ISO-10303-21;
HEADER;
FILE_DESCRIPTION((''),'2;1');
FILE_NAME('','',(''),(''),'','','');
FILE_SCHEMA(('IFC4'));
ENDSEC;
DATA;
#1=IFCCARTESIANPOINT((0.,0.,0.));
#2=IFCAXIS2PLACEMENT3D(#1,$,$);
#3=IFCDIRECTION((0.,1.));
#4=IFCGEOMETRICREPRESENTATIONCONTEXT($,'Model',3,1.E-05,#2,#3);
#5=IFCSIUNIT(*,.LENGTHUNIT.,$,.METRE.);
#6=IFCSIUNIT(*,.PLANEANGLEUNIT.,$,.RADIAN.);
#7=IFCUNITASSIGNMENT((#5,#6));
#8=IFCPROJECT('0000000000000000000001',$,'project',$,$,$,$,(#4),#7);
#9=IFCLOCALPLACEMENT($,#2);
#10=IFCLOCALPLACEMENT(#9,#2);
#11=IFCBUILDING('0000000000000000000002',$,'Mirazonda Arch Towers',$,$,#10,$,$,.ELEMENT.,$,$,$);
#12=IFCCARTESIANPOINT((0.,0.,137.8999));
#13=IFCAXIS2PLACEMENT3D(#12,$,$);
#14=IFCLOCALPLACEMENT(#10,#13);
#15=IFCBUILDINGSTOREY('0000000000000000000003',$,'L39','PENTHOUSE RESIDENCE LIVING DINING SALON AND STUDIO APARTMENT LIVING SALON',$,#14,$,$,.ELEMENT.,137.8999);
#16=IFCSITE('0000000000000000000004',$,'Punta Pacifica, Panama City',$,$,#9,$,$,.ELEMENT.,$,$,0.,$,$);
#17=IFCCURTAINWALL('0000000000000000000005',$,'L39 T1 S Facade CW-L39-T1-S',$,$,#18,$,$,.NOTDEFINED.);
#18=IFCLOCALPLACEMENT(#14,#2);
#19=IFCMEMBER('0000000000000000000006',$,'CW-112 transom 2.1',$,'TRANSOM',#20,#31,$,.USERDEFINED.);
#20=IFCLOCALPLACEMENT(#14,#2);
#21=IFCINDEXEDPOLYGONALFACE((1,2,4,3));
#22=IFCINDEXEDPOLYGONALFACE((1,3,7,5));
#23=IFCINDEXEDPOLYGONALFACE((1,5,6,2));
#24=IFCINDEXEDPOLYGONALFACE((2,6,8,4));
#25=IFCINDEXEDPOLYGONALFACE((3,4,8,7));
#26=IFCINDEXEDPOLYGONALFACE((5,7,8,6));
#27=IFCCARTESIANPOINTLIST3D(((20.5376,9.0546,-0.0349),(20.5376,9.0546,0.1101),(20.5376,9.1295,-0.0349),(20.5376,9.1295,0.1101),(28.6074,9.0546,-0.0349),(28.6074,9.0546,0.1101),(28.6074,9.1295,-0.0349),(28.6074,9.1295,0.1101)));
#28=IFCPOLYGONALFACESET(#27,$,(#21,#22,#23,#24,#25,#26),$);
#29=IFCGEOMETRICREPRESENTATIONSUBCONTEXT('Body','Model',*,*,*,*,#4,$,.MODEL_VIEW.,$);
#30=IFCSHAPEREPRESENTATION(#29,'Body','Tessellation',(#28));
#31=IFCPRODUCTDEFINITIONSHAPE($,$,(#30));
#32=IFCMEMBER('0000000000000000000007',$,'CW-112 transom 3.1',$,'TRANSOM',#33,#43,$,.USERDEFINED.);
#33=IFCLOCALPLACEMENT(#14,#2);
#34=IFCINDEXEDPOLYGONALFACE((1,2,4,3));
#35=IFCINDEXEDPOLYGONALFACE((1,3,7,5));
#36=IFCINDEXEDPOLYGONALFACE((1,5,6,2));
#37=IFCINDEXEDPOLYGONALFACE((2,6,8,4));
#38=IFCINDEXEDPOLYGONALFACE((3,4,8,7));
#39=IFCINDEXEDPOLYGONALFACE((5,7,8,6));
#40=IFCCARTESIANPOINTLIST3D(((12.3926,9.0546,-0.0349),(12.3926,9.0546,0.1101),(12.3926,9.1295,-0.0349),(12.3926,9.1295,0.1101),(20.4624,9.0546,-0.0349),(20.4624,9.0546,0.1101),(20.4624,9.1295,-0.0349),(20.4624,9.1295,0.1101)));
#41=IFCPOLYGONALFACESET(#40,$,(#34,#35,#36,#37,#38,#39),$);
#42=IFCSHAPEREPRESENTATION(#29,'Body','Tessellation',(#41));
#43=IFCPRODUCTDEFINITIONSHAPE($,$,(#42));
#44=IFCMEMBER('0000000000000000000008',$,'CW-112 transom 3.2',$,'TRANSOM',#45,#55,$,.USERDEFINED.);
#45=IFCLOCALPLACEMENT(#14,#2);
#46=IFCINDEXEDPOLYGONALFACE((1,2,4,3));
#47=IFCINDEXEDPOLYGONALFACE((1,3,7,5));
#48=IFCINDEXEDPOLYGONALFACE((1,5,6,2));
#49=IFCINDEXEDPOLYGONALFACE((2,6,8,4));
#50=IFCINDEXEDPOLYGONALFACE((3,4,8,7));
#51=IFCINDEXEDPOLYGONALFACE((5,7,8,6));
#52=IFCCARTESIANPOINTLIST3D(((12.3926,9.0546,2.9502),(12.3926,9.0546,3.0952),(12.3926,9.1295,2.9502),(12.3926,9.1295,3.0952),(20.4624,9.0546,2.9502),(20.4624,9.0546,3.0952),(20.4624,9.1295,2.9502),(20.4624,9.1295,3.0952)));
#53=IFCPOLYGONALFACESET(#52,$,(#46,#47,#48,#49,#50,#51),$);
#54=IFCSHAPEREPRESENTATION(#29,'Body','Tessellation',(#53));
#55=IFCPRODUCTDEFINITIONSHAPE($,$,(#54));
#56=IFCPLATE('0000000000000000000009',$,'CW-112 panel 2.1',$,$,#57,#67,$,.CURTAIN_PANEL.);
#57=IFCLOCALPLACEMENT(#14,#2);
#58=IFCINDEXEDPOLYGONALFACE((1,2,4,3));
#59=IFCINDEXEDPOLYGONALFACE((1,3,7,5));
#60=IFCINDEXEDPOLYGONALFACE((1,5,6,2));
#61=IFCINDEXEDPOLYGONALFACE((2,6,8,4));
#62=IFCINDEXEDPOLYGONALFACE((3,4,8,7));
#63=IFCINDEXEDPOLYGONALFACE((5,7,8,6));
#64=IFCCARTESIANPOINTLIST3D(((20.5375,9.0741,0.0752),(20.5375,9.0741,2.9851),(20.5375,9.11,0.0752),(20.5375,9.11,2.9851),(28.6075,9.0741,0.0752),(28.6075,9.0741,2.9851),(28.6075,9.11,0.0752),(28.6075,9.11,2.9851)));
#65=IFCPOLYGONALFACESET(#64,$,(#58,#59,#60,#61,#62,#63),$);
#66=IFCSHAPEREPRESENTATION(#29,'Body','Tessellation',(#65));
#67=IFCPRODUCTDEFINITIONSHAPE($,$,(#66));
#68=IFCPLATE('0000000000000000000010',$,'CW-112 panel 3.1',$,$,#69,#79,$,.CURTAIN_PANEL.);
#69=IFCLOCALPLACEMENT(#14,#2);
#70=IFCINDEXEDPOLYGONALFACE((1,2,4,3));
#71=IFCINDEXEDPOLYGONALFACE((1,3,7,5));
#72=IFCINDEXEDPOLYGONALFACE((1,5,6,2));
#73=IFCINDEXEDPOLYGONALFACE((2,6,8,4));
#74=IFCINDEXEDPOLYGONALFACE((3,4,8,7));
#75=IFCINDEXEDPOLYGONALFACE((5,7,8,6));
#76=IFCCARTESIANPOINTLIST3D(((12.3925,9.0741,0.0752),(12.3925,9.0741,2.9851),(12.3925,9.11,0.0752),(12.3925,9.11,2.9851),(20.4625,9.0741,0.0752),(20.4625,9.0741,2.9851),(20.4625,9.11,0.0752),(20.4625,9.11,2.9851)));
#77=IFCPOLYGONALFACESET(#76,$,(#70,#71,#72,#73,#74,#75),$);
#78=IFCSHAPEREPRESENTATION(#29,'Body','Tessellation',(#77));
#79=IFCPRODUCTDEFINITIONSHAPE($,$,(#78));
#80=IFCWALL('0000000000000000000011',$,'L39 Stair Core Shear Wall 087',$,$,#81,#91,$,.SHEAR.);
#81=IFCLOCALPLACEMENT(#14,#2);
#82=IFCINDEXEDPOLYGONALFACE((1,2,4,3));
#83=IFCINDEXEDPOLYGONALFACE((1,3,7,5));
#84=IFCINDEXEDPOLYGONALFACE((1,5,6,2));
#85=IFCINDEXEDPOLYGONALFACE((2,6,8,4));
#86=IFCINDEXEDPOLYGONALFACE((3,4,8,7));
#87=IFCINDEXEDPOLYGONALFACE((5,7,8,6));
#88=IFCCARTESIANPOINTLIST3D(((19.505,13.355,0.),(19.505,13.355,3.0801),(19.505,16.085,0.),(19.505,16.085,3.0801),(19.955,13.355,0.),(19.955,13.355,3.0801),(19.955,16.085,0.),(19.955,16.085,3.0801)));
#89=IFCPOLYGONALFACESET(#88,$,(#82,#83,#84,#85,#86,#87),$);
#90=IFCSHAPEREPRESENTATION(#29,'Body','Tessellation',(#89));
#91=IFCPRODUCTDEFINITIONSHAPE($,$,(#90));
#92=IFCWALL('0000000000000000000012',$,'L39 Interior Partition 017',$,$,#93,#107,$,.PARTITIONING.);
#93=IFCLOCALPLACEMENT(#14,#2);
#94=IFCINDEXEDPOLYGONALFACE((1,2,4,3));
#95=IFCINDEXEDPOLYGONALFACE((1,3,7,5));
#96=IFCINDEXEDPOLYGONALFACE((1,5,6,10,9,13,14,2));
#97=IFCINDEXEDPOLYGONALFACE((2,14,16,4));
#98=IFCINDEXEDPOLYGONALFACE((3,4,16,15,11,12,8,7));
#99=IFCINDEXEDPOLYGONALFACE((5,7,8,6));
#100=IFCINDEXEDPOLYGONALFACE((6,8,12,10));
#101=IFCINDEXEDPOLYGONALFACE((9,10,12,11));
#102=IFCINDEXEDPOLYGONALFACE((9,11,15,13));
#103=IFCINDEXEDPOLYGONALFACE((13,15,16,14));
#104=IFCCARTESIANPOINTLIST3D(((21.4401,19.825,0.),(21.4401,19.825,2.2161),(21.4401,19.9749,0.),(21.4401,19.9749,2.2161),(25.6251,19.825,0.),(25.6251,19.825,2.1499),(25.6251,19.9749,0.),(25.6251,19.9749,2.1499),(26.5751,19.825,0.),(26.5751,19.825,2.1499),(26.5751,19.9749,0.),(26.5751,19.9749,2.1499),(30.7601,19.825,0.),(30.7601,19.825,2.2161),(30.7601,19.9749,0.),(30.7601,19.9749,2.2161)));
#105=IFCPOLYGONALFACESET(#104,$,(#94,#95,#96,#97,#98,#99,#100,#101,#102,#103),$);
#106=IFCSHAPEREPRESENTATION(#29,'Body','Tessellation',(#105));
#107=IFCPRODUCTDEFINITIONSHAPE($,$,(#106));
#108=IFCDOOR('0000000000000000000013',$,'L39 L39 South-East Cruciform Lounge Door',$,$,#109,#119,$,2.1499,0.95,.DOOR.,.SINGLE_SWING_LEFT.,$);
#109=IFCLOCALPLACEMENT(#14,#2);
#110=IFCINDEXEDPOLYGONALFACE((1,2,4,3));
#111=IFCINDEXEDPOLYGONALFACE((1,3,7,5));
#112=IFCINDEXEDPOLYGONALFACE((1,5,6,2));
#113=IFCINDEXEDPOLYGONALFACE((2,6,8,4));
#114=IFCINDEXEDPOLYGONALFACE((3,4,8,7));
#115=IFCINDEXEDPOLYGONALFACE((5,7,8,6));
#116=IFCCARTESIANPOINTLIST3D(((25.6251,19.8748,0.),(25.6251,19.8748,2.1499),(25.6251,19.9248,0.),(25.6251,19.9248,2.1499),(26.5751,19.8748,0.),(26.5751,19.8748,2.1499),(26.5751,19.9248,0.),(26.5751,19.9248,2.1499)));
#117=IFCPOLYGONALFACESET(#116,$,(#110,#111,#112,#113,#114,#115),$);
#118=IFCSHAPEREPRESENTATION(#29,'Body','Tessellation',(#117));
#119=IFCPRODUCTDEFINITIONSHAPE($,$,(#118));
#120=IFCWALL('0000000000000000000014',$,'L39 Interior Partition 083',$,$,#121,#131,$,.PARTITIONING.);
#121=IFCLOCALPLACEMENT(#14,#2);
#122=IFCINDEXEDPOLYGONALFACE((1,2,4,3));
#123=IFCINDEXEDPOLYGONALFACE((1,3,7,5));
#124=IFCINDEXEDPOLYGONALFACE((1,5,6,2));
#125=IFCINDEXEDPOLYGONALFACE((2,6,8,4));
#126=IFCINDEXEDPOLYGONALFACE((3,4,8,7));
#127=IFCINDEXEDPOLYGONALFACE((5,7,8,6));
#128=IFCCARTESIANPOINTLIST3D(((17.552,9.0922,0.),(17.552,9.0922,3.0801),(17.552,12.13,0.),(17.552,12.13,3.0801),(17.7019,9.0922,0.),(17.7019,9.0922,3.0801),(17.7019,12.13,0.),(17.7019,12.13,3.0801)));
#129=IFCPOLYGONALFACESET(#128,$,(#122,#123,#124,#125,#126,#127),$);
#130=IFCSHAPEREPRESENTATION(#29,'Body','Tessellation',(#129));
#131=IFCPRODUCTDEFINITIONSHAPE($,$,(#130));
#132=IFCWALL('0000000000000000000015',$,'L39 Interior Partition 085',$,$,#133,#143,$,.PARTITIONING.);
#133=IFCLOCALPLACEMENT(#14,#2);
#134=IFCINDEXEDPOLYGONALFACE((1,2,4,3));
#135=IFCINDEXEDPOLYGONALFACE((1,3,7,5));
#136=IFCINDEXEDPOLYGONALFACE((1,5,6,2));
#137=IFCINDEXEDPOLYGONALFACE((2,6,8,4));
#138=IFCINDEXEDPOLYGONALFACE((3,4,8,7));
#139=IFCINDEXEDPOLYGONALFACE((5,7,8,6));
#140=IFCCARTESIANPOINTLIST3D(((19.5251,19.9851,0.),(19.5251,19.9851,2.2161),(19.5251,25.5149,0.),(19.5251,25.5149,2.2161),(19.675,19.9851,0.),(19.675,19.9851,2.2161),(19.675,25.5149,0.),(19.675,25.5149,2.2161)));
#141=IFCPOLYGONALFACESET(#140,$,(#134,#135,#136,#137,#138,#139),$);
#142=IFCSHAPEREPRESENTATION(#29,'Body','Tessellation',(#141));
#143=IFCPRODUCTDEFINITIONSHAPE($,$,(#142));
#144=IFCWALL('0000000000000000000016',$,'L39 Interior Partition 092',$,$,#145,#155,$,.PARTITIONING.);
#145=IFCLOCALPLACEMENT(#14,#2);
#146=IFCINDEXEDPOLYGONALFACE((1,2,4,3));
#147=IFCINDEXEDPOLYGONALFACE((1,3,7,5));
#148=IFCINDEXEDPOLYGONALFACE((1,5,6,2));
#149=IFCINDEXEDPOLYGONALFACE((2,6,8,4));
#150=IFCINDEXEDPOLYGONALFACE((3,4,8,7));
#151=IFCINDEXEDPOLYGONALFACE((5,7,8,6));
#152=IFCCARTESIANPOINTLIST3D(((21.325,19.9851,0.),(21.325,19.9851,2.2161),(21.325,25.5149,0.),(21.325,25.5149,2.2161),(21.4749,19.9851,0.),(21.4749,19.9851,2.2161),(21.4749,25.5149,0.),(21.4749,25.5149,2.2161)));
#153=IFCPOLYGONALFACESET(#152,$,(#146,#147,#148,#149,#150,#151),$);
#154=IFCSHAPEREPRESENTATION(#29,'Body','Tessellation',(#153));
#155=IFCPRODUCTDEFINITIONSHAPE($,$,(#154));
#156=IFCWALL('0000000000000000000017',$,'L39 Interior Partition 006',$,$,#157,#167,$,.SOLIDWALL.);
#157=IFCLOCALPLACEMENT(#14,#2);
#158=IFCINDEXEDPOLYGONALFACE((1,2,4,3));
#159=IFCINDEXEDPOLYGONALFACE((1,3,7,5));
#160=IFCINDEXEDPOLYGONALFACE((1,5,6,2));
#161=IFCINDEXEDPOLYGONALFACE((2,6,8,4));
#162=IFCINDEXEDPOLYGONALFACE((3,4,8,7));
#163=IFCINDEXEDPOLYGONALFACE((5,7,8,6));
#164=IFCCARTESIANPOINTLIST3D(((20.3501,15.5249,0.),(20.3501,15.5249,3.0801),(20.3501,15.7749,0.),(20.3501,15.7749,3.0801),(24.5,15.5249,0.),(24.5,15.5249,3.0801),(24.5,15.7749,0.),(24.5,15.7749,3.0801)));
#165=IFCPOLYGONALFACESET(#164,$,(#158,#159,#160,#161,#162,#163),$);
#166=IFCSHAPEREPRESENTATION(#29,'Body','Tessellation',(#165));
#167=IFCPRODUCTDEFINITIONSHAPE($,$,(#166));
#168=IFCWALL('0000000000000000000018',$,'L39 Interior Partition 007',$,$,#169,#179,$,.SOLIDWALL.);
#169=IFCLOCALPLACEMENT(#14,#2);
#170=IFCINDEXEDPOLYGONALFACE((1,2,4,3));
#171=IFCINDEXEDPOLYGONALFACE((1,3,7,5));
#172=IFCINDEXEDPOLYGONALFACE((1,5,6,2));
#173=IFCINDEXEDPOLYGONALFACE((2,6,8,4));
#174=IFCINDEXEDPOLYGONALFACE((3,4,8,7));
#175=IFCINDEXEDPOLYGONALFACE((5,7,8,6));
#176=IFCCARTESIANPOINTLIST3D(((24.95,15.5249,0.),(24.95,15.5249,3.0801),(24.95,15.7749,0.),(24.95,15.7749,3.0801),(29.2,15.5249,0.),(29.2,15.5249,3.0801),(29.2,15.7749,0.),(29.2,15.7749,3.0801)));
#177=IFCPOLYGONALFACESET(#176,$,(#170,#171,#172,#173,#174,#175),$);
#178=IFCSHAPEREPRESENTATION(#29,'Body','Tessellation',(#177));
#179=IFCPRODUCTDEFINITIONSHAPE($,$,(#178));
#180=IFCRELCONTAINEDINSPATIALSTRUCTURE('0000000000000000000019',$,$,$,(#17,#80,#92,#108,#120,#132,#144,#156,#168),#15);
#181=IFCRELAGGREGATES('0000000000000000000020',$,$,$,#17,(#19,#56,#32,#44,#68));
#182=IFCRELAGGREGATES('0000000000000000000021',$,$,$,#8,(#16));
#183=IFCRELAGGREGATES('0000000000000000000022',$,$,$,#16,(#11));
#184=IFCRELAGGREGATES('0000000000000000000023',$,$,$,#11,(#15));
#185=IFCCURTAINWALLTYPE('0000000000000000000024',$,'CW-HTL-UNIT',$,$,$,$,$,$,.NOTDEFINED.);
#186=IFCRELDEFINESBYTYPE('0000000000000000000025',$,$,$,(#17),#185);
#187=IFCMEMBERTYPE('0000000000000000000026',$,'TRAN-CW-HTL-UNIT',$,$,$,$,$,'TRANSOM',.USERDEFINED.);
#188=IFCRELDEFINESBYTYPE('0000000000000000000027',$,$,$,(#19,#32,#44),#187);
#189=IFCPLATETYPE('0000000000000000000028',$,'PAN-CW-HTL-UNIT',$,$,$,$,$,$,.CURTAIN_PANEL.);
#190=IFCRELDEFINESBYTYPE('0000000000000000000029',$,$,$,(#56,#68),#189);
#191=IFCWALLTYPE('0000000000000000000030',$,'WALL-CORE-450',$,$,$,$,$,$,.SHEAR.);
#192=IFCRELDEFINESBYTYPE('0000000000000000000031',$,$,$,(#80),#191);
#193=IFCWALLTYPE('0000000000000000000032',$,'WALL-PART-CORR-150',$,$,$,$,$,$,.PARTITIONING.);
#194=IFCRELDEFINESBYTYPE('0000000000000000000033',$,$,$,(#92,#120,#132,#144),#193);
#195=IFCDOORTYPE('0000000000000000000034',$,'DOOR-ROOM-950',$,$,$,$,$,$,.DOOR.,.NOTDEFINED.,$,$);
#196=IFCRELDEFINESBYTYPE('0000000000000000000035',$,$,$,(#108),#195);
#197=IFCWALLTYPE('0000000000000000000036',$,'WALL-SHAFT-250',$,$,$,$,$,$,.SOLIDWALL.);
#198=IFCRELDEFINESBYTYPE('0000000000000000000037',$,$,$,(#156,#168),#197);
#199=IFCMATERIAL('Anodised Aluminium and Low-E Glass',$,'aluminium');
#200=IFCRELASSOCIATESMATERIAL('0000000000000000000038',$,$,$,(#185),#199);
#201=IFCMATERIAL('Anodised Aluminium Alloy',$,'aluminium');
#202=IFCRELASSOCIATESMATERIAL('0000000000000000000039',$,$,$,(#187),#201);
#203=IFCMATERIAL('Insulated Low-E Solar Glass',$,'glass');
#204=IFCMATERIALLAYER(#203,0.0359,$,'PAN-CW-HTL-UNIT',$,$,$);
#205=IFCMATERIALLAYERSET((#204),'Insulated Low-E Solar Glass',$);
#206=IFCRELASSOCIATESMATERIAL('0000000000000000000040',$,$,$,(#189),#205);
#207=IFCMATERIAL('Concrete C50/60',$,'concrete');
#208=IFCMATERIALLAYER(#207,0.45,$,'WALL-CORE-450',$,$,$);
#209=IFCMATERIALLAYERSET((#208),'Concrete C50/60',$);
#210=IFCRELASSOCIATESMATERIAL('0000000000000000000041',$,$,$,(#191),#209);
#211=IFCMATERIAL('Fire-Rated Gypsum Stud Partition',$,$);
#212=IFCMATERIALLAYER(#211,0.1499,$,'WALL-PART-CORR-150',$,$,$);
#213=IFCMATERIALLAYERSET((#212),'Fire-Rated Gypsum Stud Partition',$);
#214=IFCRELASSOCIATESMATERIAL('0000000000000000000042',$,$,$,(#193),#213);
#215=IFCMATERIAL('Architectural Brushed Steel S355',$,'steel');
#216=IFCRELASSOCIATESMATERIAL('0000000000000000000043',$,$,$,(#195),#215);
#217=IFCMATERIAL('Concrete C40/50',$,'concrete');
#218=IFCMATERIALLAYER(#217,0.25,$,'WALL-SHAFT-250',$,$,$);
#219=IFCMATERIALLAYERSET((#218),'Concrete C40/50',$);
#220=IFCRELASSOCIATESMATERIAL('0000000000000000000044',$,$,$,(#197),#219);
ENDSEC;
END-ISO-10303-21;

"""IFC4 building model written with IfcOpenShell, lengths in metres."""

from ifc_helpers import new_model, si_unit, direction, frame, frame_2d, origin, origin_2d, place, context, subcontext, project, spatial, rectangle, extrude, material, layer, layer_set, material_profile, profile_set, type_object, element, fill, aggregate, save


model = new_model("IFC4")

# Units and contexts
model_context = context("Model", 3, precision=1e-05, world=origin(), true_north=direction((0.0, 1.0)))
body_context = subcontext(model_context, "Body", "Model", "MODEL_VIEW")
ifc_project = project(units=[si_unit("LENGTHUNIT", "METRE"), si_unit("PLANEANGLEUNIT", "RADIAN")], contexts=[model_context])

# Site, building, storey
site_placement = place(None, origin())
site = spatial("IfcSite", under=ifc_project, at=site_placement, Name="Punta Pacifica, Panama City", CompositionType="ELEMENT", RefElevation=0.0)
building_placement = place(site_placement, origin())
building = spatial("IfcBuilding", under=site, at=building_placement, Name="Mirazonda Arch Towers", CompositionType="ELEMENT")
storey_placement = place(building_placement, frame((0.0, 0.0, 137.8999)))
storey = spatial("IfcBuildingStorey", under=building, at=storey_placement, Name="L39", Description="PENTHOUSE RESIDENCE LIVING DINING SALON AND STUDIO APARTMENT LIVING SALON", CompositionType="ELEMENT", Elevation=137.8999)

# Shared definitions
ifc_material_1 = material(Name="Concrete C50/60", Category="concrete")

# Curtain wall, members, plates
ifc_material_2 = material(Name="Anodised Aluminium and Low-E Glass", Category="aluminium")
curtain_wall_type = type_object("IfcCurtainWallType", Name="CW-HTL-UNIT", PredefinedType="NOTDEFINED", material=ifc_material_2)
curtain_wall_placement = place(storey_placement, origin())
curtain_wall = element("IfcCurtainWall", 1, at=curtain_wall_placement, inside=storey, type_object=curtain_wall_type, Name="L39 T1 S Facade CW-L39-T1-S", PredefinedType="NOTDEFINED")
ifc_material_3 = material(Name="Anodised Aluminium Alloy", Category="aluminium")
ifc_material_profile_1 = material_profile(ifc_material_3, rectangle(XDim=0.075, YDim=0.145, at=origin_2d()), Name="ALU-TRAN-75x145")
ifc_profile_set_1 = profile_set([ifc_material_profile_1], Name="Anodised Aluminium Alloy")
member_type_1 = type_object("IfcMemberType", Name="TRAN-CW-HTL-UNIT", ElementType="TRANSOM", PredefinedType="USERDEFINED", material=ifc_profile_set_1)
member_1_placement = place(storey_placement, frame((28.6074, 9.092, 0.0376), z_axis=(-1.0, 0.0, 0.0), x_axis=(0.0, -1.0, 0.0)))
member_1 = element("IfcMember", 2, at=member_1_placement, type_object=member_type_1, Name="CW-112 transom 2.1", ObjectType="TRANSOM", PredefinedType="USERDEFINED", context=body_context, shape_type="SweptSolid", body=[
    extrude(rectangle(XDim=0.075, YDim=0.145, at=origin_2d()), origin(), (0.0, 0.0, 1.0), 8.0698),
])
member_2_placement = place(storey_placement, frame((20.4624, 9.092, 0.0376), z_axis=(-1.0, 0.0, 0.0), x_axis=(0.0, -1.0, 0.0)))
member_2 = element("IfcMember", 3, at=member_2_placement, type_object=member_type_1, Name="CW-112 transom 3.1", ObjectType="TRANSOM", PredefinedType="USERDEFINED", context=body_context, shape_type="SweptSolid", body=[
    extrude(rectangle(XDim=0.075, YDim=0.145, at=origin_2d()), origin(), (0.0, 0.0, 1.0), 8.0698),
])
member_3_placement = place(storey_placement, frame((20.4624, 9.092, 3.0227), z_axis=(-1.0, 0.0, 0.0), x_axis=(0.0, -1.0, 0.0)))
member_3 = element("IfcMember", 4, at=member_3_placement, type_object=member_type_1, Name="CW-112 transom 3.2", ObjectType="TRANSOM", PredefinedType="USERDEFINED", context=body_context, shape_type="SweptSolid", body=[
    extrude(rectangle(XDim=0.075, YDim=0.145, at=origin_2d()), origin(), (0.0, 0.0, 1.0), 8.0698),
])
ifc_material_4 = material(Name="Insulated Low-E Solar Glass", Category="glass")
ifc_layer_1 = layer(ifc_material_4, 0.0359, Name="PAN-CW-HTL-UNIT")
ifc_layer_set_1 = layer_set([ifc_layer_1], Name="Insulated Low-E Solar Glass")
plate_type = type_object("IfcPlateType", Name="PAN-CW-HTL-UNIT", PredefinedType="CURTAIN_PANEL", material=ifc_layer_set_1)
plate_1_placement = place(storey_placement, frame((24.5725, 9.092, 0.0752), z_axis=(0.0, 0.0, 1.0), x_axis=(-1.0, 0.0, 0.0)))
plate_1 = element("IfcPlate", 5, at=plate_1_placement, type_object=plate_type, Name="CW-112 panel 2.1", PredefinedType="CURTAIN_PANEL", context=body_context, shape_type="SweptSolid", body=[
    extrude(rectangle(XDim=8.0701, YDim=0.0359, at=origin_2d()), origin(), (0.0, 0.0, 1.0), 2.9099),
])
plate_2_placement = place(storey_placement, frame((16.4275, 9.092, 0.0752), z_axis=(0.0, 0.0, 1.0), x_axis=(-1.0, 0.0, 0.0)))
plate_2 = element("IfcPlate", 6, at=plate_2_placement, type_object=plate_type, Name="CW-112 panel 3.1", PredefinedType="CURTAIN_PANEL", context=body_context, shape_type="SweptSolid", body=[
    extrude(rectangle(XDim=8.0701, YDim=0.0359, at=origin_2d()), origin(), (0.0, 0.0, 1.0), 2.9099),
])
aggregate(curtain_wall, [member_1, plate_1, member_2, member_3, plate_2])

# Wall
ifc_layer_2 = layer(ifc_material_1, 0.45, Name="WALL-CORE-450")
ifc_layer_set_2 = layer_set([ifc_layer_2], Name="Concrete C50/60")
wall_type_1 = type_object("IfcWallType", Name="WALL-CORE-450", PredefinedType="SHEAR", material=ifc_layer_set_2)
wall_1_placement = place(storey_placement, frame((19.73, 13.355, 0.0), z_axis=(0.0, 0.0, 1.0), x_axis=(0.0, 1.0, 0.0)))
element("IfcWall", 7, at=wall_1_placement, inside=storey, type_object=wall_type_1, Name="L39 Stair Core Shear Wall 087", PredefinedType="SHEAR", context=body_context, shape_type="SweptSolid", body=[
    extrude(rectangle(XDim=2.73, YDim=0.45, at=frame_2d((1.365, 0.0))), origin(), (0.0, 0.0, 1.0), 3.0801),
])

# Wall, opening, door
ifc_material_5 = material(Name="Fire-Rated Gypsum Stud Partition")
ifc_layer_3 = layer(ifc_material_5, 0.1499, Name="WALL-PART-CORR-150")
ifc_layer_set_3 = layer_set([ifc_layer_3], Name="Fire-Rated Gypsum Stud Partition")
wall_type_2 = type_object("IfcWallType", Name="WALL-PART-CORR-150", PredefinedType="PARTITIONING", material=ifc_layer_set_3)
wall_2_placement = place(storey_placement, frame((21.4399, 19.8999, 0.0), z_axis=(0.0, 0.0, 1.0), x_axis=(1.0, 0.0, 0.0)))
wall_2 = element("IfcWall", 8, at=wall_2_placement, inside=storey, type_object=wall_type_2, Name="L39 Interior Partition 017", PredefinedType="PARTITIONING", context=body_context, shape_type="SweptSolid", body=[
    extrude(rectangle(XDim=9.3201, YDim=0.1499, at=frame_2d((4.6602, 0.0))), origin(), (0.0, 0.0, 1.0), 2.2161),
])
opening_placement = place(wall_2_placement, frame((4.1851, 0.0, 0.0)))
opening = element("IfcOpeningElement", 9, at=opening_placement, cuts=wall_2, PredefinedType="OPENING", context=body_context, shape_type="SweptSolid", body=[
    extrude(rectangle(XDim=0.95, YDim=2.1499, at=frame_2d((0.4751, 1.075))), frame((0.0, 0.085, 0.0), z_axis=(0.0, -1.0, 0.0), x_axis=(1.0, 0.0, 0.0)), (0.0, 0.0, 1.0), 0.1699),
])
ifc_material_6 = material(Name="Architectural Brushed Steel S355", Category="steel")
door_type = type_object("IfcDoorType", Name="DOOR-ROOM-950", OperationType="NOTDEFINED", PredefinedType="DOOR", material=ifc_material_6)
door_placement = place(opening_placement, origin())
door = element("IfcDoor", 10, at=door_placement, inside=storey, type_object=door_type, Name="L39 L39 South-East Cruciform Lounge Door", OperationType="SINGLE_SWING_LEFT", OverallHeight=2.1499, OverallWidth=0.95, PredefinedType="DOOR", context=body_context, shape_type="SweptSolid", body=[
    extrude(rectangle(XDim=0.95, YDim=2.1499, at=frame_2d((0.4751, 1.075))), frame((0.0, 0.0249, 0.0), z_axis=(0.0, -1.0, 0.0), x_axis=(1.0, 0.0, 0.0)), (0.0, 0.0, 1.0), 0.05),
])
fill(opening, door)

# Walls
wall_3_placement = place(storey_placement, frame((17.627, 9.092, 0.0), z_axis=(0.0, 0.0, 1.0), x_axis=(0.0, 1.0, 0.0)))
element("IfcWall", 11, at=wall_3_placement, inside=storey, type_object=wall_type_2, Name="L39 Interior Partition 083", PredefinedType="PARTITIONING", context=body_context, shape_type="SweptSolid", body=[
    extrude(rectangle(XDim=3.0378, YDim=0.1499, at=frame_2d((1.519, 0.0))), origin(), (0.0, 0.0, 1.0), 3.0801),
])
for number, where, z_axis, x_axis, name in (
    (12, (19.6001, 19.9851, 0.0), (0.0, 0.0, 1.0), (0.0, 1.0, 0.0), "L39 Interior Partition 085"),
    (13, (21.3999, 19.9851, 0.0), (0.0, 0.0, 1.0), (0.0, 1.0, 0.0), "L39 Interior Partition 092"),
):
    element("IfcWall", number, at=place(storey_placement, frame(where, z_axis=z_axis, x_axis=x_axis)), inside=storey, type_object=wall_type_2, Name=name, PredefinedType="PARTITIONING", context=body_context, shape_type="SweptSolid", body=[
        extrude(rectangle(XDim=5.5298, YDim=0.1499, at=frame_2d((2.7649, 0.0))), origin(), (0.0, 0.0, 1.0), 2.2161),
    ])
ifc_material_7 = material(Name="Concrete C40/50", Category="concrete")
ifc_layer_4 = layer(ifc_material_7, 0.25, Name="WALL-SHAFT-250")
ifc_layer_set_4 = layer_set([ifc_layer_4], Name="Concrete C40/50")
wall_type_3 = type_object("IfcWallType", Name="WALL-SHAFT-250", PredefinedType="SOLIDWALL", material=ifc_layer_set_4)
wall_4_placement = place(storey_placement, frame((20.3501, 15.6499, 0.0), z_axis=(0.0, 0.0, 1.0), x_axis=(1.0, 0.0, 0.0)))
element("IfcWall", 14, at=wall_4_placement, inside=storey, type_object=wall_type_3, Name="L39 Interior Partition 006", PredefinedType="SOLIDWALL", context=body_context, shape_type="SweptSolid", body=[
    extrude(rectangle(XDim=4.1499, YDim=0.25, at=frame_2d((2.075, 0.0))), origin(), (0.0, 0.0, 1.0), 3.0801),
])
wall_5_placement = place(storey_placement, frame((24.95, 15.6499, 0.0), z_axis=(0.0, 0.0, 1.0), x_axis=(1.0, 0.0, 0.0)))
element("IfcWall", 15, at=wall_5_placement, inside=storey, type_object=wall_type_3, Name="L39 Interior Partition 007", PredefinedType="SOLIDWALL", context=body_context, shape_type="SweptSolid", body=[
    extrude(rectangle(XDim=4.25, YDim=0.25, at=frame_2d((2.125, 0.0))), origin(), (0.0, 0.0, 1.0), 3.0801),
])

save(model, "model.ifc")
